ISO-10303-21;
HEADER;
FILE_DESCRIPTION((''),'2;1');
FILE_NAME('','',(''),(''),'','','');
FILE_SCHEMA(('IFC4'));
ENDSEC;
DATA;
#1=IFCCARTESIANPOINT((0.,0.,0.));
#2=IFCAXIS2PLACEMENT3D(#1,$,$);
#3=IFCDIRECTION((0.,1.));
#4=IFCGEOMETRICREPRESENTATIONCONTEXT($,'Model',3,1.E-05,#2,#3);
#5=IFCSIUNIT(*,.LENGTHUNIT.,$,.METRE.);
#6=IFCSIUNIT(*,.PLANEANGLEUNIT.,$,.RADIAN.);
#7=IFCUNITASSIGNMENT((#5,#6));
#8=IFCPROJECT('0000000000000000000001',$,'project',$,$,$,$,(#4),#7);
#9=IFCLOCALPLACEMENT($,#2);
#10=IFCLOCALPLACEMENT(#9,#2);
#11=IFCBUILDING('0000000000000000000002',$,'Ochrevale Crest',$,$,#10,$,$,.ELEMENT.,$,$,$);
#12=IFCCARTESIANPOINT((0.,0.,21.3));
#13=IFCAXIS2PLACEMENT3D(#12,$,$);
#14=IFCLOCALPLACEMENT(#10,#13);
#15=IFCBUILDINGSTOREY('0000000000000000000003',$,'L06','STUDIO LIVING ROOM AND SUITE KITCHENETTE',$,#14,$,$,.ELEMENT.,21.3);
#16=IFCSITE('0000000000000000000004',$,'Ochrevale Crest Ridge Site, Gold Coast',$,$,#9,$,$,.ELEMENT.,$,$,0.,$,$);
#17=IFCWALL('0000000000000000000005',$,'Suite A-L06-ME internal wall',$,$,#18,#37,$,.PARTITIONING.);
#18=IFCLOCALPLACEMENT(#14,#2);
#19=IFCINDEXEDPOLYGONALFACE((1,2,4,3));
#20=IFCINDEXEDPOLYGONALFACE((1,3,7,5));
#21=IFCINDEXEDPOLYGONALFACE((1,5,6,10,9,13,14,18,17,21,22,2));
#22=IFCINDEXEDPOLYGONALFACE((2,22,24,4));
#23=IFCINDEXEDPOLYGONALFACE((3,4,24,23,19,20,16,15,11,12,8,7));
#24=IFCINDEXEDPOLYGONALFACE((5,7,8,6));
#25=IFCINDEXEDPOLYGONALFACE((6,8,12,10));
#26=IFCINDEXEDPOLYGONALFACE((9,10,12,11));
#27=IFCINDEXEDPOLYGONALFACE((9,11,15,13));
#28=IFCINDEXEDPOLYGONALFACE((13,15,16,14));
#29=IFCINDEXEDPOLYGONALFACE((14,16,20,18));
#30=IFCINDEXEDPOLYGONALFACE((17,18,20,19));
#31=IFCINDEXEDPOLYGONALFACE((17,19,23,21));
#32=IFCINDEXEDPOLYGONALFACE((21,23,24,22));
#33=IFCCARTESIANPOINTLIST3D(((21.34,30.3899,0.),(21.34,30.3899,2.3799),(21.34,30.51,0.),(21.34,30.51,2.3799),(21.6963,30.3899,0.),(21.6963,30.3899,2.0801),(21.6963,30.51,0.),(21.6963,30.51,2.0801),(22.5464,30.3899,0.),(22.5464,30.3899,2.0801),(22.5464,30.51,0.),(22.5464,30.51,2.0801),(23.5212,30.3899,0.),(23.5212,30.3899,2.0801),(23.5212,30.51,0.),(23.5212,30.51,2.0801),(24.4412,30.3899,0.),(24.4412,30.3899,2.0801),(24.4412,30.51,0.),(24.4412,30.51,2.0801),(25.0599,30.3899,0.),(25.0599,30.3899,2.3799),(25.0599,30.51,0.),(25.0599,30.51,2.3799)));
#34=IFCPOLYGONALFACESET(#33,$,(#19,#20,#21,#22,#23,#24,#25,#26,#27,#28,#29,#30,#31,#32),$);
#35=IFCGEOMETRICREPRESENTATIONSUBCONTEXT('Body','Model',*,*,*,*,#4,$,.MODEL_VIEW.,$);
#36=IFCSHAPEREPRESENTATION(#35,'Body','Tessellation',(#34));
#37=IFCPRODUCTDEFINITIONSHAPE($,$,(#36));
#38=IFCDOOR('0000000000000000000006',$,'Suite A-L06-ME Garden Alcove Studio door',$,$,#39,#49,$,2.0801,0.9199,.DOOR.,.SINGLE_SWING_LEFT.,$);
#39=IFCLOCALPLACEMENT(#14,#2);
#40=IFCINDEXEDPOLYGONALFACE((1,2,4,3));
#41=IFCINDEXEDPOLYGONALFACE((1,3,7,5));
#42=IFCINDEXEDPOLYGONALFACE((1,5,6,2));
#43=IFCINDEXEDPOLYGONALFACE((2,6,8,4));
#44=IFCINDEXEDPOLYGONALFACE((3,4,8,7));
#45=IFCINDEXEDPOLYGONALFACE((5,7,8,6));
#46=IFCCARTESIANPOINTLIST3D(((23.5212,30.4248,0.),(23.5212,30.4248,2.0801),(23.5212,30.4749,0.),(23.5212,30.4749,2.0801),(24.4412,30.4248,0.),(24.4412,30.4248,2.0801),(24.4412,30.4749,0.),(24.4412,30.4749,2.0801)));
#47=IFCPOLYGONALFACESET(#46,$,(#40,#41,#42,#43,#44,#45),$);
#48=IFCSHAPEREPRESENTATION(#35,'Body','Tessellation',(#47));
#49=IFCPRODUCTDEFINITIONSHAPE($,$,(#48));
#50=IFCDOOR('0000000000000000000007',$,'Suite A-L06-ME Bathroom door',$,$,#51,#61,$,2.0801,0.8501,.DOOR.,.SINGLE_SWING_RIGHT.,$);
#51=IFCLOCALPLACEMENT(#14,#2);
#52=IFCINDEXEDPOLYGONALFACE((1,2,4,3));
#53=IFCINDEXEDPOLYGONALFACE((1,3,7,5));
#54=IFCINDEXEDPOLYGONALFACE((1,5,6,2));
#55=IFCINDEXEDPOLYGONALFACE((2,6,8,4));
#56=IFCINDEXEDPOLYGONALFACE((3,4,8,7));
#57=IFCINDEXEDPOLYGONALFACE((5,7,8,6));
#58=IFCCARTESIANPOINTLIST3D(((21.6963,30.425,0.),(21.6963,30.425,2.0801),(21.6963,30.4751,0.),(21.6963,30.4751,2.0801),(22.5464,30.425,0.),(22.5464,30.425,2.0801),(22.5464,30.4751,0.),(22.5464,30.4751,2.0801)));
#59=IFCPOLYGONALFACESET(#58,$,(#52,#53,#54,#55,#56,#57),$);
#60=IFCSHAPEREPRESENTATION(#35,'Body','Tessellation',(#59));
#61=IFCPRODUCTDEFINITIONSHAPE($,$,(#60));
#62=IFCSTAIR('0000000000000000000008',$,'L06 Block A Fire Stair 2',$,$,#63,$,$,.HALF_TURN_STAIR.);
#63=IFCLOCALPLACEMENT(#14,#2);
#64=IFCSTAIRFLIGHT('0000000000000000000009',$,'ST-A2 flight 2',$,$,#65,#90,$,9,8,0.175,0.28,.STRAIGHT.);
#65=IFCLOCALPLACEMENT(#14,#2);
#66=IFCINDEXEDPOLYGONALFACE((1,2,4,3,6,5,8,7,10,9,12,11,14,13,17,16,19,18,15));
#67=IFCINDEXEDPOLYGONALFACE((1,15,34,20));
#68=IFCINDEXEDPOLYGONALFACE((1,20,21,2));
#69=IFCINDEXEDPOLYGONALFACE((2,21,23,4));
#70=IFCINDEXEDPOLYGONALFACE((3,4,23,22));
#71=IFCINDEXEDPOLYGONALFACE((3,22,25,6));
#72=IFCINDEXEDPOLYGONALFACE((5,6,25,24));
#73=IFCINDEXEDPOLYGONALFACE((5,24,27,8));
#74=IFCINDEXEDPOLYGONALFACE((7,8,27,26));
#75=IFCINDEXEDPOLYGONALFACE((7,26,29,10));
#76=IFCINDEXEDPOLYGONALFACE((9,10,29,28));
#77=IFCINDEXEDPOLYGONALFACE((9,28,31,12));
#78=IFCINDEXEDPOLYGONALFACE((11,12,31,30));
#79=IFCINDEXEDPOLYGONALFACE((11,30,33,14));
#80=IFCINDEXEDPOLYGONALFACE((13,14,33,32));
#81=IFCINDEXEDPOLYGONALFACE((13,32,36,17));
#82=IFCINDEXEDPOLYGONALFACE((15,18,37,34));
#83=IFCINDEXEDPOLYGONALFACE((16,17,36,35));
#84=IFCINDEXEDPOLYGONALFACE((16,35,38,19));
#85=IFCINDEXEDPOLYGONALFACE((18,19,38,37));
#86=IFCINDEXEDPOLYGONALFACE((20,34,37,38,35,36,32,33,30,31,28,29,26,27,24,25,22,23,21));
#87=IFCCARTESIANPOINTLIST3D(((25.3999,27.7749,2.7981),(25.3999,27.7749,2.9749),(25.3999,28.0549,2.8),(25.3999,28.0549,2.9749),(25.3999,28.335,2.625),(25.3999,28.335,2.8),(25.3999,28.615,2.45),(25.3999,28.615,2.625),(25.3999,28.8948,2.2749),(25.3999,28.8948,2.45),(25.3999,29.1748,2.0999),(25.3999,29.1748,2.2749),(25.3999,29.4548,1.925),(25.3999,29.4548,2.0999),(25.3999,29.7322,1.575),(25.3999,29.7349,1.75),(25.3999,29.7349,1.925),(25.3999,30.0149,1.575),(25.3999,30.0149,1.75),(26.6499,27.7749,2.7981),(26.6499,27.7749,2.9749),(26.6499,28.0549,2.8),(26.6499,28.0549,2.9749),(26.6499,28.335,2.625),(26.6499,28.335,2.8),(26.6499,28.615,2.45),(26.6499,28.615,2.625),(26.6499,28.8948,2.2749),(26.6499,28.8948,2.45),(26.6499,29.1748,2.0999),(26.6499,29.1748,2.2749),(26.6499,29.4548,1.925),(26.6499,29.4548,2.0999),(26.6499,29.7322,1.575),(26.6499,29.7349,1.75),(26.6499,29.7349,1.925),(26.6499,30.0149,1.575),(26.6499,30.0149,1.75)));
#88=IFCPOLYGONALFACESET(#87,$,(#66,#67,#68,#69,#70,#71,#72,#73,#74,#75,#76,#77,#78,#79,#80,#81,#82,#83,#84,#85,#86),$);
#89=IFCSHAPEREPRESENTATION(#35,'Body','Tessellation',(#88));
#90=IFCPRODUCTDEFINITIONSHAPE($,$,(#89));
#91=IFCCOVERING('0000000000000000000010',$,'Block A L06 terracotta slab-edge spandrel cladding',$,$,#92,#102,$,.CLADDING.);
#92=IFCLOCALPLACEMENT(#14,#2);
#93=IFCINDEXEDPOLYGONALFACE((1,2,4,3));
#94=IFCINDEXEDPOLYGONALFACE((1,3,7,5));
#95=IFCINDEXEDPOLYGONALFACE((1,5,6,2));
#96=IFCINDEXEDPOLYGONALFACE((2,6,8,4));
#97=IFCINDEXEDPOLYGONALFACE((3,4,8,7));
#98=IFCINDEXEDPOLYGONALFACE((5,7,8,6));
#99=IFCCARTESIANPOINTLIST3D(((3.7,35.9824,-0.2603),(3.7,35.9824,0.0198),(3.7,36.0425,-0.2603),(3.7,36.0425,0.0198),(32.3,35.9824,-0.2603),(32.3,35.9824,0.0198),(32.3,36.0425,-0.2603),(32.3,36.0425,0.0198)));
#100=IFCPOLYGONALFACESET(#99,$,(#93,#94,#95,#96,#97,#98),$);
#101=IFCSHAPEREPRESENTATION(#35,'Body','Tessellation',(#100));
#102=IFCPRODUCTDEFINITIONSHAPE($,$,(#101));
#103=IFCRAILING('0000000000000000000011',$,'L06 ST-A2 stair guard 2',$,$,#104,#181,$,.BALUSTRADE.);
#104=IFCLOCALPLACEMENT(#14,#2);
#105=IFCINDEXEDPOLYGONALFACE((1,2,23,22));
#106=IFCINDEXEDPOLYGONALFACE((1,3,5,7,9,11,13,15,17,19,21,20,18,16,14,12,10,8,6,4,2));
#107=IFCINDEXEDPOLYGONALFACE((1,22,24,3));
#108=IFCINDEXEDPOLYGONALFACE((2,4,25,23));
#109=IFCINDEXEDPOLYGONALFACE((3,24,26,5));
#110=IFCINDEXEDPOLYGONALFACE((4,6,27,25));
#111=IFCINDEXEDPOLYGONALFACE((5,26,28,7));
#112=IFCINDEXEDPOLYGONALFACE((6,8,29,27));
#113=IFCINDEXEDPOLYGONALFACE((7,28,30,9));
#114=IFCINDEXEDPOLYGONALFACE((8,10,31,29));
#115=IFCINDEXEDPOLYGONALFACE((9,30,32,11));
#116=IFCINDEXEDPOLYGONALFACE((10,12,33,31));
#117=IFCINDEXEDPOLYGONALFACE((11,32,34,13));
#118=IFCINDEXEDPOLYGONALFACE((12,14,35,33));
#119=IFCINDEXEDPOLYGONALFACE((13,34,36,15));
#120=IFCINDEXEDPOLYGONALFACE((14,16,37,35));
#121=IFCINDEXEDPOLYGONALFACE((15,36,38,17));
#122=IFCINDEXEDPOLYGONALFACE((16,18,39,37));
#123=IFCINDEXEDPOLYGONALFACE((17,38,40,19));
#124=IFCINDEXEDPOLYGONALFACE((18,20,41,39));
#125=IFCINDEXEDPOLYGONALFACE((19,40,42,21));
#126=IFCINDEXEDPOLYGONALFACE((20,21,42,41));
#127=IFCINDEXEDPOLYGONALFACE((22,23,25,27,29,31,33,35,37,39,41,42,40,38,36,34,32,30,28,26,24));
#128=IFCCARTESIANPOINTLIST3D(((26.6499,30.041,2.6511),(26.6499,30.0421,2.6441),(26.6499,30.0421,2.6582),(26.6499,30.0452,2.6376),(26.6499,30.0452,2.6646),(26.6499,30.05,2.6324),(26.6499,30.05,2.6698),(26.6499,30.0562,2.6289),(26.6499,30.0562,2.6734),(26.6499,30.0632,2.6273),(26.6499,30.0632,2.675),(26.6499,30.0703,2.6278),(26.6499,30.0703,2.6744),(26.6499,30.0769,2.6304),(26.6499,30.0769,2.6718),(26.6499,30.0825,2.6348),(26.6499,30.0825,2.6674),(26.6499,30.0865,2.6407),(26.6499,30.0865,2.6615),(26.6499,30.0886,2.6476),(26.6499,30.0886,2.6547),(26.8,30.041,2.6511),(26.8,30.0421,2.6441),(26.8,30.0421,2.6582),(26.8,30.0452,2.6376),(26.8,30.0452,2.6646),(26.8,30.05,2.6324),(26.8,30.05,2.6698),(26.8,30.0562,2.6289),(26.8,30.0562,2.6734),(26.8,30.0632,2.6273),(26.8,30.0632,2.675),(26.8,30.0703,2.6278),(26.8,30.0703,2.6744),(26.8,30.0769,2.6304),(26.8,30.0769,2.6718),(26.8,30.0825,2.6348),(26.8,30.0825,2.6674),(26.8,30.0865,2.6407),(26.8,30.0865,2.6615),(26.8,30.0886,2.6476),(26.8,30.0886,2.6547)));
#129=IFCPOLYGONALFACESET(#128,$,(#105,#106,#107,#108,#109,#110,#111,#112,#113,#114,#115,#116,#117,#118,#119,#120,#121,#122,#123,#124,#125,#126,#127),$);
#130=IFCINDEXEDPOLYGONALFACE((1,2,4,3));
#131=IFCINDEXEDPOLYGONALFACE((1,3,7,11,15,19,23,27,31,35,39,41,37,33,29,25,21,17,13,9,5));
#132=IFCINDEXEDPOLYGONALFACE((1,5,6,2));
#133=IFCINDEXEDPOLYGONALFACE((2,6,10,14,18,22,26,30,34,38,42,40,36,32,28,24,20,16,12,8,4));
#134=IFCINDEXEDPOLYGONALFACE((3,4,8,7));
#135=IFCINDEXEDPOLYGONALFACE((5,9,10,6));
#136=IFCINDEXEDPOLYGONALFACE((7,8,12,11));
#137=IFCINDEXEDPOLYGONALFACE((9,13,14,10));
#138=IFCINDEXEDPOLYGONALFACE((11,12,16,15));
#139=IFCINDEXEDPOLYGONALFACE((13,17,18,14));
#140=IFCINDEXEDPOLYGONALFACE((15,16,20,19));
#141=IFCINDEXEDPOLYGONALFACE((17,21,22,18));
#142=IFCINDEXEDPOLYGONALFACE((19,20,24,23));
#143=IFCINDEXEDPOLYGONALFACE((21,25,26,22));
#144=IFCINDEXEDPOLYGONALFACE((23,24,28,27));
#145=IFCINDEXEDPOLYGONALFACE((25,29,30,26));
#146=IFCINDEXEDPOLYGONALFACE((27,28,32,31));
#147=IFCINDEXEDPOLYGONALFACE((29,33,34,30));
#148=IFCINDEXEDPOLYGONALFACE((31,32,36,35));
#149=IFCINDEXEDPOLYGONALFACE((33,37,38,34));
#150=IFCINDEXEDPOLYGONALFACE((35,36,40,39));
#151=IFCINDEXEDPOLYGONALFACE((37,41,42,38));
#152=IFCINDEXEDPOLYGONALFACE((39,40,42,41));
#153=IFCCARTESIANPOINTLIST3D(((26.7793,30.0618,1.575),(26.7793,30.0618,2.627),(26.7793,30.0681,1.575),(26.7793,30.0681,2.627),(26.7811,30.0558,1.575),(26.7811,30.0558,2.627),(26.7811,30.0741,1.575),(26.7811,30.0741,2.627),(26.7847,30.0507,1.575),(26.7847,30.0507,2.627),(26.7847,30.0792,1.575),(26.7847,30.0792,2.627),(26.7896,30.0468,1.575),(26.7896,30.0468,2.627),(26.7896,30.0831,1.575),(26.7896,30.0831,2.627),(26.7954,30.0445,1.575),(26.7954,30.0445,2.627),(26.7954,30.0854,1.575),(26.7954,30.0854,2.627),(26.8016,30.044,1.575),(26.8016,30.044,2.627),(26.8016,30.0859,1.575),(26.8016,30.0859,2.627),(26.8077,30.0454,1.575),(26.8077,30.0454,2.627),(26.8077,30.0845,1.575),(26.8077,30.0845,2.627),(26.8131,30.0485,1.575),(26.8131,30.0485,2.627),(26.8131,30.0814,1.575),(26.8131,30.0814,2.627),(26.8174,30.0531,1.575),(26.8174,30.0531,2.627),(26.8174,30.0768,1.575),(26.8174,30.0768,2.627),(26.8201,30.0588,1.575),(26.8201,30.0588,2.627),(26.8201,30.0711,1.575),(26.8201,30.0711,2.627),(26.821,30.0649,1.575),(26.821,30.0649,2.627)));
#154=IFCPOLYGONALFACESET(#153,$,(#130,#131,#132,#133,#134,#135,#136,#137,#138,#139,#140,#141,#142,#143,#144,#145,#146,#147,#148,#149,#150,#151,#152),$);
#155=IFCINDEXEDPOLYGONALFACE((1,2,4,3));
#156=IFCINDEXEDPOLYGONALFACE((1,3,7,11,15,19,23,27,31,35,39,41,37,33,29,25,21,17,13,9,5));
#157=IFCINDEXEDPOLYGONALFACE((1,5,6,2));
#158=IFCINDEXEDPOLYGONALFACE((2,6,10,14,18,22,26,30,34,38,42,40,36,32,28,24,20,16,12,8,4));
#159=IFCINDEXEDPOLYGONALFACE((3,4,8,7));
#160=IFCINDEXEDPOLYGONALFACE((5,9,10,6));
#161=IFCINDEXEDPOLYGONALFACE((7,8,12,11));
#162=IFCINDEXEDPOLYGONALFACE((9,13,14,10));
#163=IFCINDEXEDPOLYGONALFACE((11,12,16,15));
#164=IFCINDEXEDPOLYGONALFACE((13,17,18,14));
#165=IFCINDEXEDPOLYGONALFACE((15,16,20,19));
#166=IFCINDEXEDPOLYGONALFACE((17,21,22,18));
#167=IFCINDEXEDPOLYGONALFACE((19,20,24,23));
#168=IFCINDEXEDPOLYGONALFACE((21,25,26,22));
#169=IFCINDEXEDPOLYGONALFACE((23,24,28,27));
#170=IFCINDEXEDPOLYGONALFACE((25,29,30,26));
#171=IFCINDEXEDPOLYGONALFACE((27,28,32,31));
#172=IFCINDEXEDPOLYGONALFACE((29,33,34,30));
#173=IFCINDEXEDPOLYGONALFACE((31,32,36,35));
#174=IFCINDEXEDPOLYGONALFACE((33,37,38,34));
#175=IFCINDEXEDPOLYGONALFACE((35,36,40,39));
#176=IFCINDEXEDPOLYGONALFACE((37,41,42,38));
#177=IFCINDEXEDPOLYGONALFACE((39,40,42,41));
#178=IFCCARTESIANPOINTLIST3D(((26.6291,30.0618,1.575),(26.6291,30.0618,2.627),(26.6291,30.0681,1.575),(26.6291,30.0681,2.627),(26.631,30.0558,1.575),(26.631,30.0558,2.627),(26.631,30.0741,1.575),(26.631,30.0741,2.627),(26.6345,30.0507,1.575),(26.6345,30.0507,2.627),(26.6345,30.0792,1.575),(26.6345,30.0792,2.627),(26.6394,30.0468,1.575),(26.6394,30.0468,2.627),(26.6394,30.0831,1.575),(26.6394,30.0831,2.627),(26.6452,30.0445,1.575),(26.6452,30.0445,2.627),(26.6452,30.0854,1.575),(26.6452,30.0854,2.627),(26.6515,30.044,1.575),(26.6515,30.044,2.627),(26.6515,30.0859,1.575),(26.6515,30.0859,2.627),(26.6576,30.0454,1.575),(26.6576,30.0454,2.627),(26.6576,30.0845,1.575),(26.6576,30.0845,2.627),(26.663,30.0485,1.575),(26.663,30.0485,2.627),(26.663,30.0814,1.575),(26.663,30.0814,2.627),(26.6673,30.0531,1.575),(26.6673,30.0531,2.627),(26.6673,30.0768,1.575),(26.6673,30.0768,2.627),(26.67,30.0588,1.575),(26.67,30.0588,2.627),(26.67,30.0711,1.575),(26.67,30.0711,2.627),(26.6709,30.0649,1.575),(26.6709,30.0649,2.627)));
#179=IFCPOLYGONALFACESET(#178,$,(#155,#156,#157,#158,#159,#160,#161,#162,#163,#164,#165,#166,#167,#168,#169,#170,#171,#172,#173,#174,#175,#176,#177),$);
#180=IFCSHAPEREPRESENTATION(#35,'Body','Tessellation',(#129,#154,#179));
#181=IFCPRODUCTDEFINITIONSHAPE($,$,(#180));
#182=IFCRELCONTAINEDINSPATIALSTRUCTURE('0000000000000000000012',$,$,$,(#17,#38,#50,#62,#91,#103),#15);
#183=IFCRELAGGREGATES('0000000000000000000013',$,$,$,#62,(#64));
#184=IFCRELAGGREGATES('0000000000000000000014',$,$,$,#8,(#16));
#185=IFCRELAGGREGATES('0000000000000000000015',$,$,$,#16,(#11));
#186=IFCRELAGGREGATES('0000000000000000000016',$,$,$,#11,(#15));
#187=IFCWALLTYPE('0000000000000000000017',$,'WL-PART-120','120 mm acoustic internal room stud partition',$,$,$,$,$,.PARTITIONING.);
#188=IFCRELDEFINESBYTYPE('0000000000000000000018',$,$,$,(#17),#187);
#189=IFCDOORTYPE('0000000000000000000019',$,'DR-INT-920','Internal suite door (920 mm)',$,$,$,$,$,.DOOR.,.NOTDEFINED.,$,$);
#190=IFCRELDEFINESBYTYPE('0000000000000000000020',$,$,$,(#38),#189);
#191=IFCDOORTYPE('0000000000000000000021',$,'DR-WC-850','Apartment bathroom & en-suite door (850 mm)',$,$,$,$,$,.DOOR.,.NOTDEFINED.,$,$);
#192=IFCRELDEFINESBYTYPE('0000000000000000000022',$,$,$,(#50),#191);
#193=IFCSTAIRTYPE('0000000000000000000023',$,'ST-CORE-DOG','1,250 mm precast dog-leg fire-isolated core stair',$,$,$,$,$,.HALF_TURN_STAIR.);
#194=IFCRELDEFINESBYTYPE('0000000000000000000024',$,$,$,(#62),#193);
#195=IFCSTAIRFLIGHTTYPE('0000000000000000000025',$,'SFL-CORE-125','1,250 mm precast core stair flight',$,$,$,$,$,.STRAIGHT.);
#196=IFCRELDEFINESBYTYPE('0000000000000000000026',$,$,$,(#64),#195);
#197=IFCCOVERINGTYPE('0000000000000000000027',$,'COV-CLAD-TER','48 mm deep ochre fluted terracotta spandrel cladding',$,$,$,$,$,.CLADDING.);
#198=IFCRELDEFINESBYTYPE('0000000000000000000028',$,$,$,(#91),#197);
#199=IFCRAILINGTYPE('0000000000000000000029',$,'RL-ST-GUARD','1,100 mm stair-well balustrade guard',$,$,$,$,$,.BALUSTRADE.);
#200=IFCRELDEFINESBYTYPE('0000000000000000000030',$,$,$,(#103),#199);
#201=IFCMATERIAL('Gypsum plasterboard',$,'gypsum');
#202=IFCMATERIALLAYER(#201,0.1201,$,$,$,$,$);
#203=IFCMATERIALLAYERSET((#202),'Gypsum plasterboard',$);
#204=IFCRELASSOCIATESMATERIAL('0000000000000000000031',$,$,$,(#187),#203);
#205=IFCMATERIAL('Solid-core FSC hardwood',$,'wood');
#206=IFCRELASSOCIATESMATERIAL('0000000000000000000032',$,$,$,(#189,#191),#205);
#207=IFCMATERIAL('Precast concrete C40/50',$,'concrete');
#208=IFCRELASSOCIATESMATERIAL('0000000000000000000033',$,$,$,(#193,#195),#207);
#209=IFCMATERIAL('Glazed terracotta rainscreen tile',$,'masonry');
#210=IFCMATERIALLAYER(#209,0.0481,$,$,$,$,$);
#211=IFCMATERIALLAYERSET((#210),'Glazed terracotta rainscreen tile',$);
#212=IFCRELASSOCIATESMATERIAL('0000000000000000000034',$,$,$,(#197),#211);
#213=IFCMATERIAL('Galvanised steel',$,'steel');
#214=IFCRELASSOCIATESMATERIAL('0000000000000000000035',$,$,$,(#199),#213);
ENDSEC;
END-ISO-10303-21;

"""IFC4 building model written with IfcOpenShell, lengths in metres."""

from ifc_helpers import new_model, si_unit, direction, frame, frame_2d, origin, origin_2d, place, context, subcontext, project, spatial, polyline, rectangle, circle, outline, extrude, material, layer, layer_set, type_object, element, fill, aggregate, save


model = new_model("IFC4")

# Units and contexts
model_context = context("Model", 3, precision=1e-05, world=origin(), true_north=direction((0.0, 1.0)))
body_context = subcontext(model_context, "Body", "Model", "MODEL_VIEW")
ifc_project = project(units=[si_unit("LENGTHUNIT", "METRE"), si_unit("PLANEANGLEUNIT", "RADIAN")], contexts=[model_context])

# Site, building, storey
site_placement = place(None, origin())
site = spatial("IfcSite", under=ifc_project, at=site_placement, Name="Ochrevale Crest Ridge Site, Gold Coast", CompositionType="ELEMENT", RefElevation=0.0)
building_placement = place(site_placement, origin())
building = spatial("IfcBuilding", under=site, at=building_placement, Name="Ochrevale Crest", CompositionType="ELEMENT")
storey_placement = place(building_placement, frame((0.0, 0.0, 21.3)))
storey = spatial("IfcBuildingStorey", under=building, at=storey_placement, Name="L06", Description="STUDIO LIVING ROOM AND SUITE KITCHENETTE", CompositionType="ELEMENT", Elevation=21.3)

# Shared definitions
ifc_material_1 = material(Name="Precast concrete C40/50", Category="concrete")

# Wall, openings, doors
ifc_material_2 = material(Name="Gypsum plasterboard", Category="gypsum")
ifc_layer_1 = layer(ifc_material_2, 0.1201)
ifc_layer_set_1 = layer_set([ifc_layer_1], Name="Gypsum plasterboard")
wall_type_1 = type_object("IfcWallType", Name="WL-PART-120", Description="120 mm acoustic internal room stud partition", PredefinedType="PARTITIONING", material=ifc_layer_set_1)
wall_1_placement = place(storey_placement, frame((21.3401, 30.45, 0.0), z_axis=(0.0, 0.0, 1.0), x_axis=(1.0, 0.0, 0.0)))
wall_1 = element("IfcWall", 1, at=wall_1_placement, inside=storey, type_object=wall_type_1, Name="Suite A-L06-ME internal wall", PredefinedType="PARTITIONING", context=body_context, shape_type="SweptSolid", body=[
    extrude(rectangle(XDim=3.72, YDim=0.1201, at=frame_2d((1.8599, 0.0))), origin(), (0.0, 0.0, 1.0), 2.3799),
])
opening_1_placement = place(wall_1_placement, frame((1.2063, 0.0, 0.0), z_axis=(0.0, 0.0, 1.0), x_axis=(-1.0, 0.0, 0.0)))
opening_1 = element("IfcOpeningElement", 2, at=opening_1_placement, cuts=wall_1, PredefinedType="OPENING", context=body_context, shape_type="SweptSolid", body=[
    extrude(rectangle(XDim=0.8501, YDim=2.0801, at=frame_2d((0.425, 1.04))), frame((0.0, 0.0701, 0.0), z_axis=(0.0, -1.0, 0.0), x_axis=(1.0, 0.0, 0.0)), (0.0, 0.0, 1.0), 0.1401),
])
opening_2_placement = place(wall_1_placement, frame((2.1812, 0.0, 0.0)))
opening_2 = element("IfcOpeningElement", 3, at=opening_2_placement, cuts=wall_1, PredefinedType="OPENING", context=body_context, shape_type="SweptSolid", body=[
    extrude(rectangle(XDim=0.9199, YDim=2.0801, at=frame_2d((0.46, 1.04))), frame((0.0, 0.0701, 0.0), z_axis=(0.0, -1.0, 0.0), x_axis=(1.0, 0.0, 0.0)), (0.0, 0.0, 1.0), 0.1401),
])
ifc_material_3 = material(Name="Solid-core FSC hardwood", Category="wood")
door_type_1 = type_object("IfcDoorType", Name="DR-INT-920", Description="Internal suite door (920 mm)", OperationType="NOTDEFINED", PredefinedType="DOOR", material=ifc_material_3)
door_1_placement = place(opening_2_placement, origin())
door_1 = element("IfcDoor", 4, at=door_1_placement, inside=storey, type_object=door_type_1, Name="Suite A-L06-ME Garden Alcove Studio door", OperationType="SINGLE_SWING_LEFT", OverallHeight=2.0801, OverallWidth=0.9199, PredefinedType="DOOR", context=body_context, shape_type="SweptSolid", body=[
    extrude(rectangle(XDim=0.9199, YDim=2.0801, at=frame_2d((0.46, 1.04))), frame((0.0, 0.0249, 0.0), z_axis=(0.0, -1.0, 0.0), x_axis=(1.0, 0.0, 0.0)), (0.0, 0.0, 1.0), 0.05),
])
fill(opening_2, door_1)
door_type_2 = type_object("IfcDoorType", Name="DR-WC-850", Description="Apartment bathroom & en-suite door (850 mm)", OperationType="NOTDEFINED", PredefinedType="DOOR", material=ifc_material_3)
door_2_placement = place(opening_1_placement, origin())
door_2 = element("IfcDoor", 5, at=door_2_placement, inside=storey, type_object=door_type_2, Name="Suite A-L06-ME Bathroom door", OperationType="SINGLE_SWING_RIGHT", OverallHeight=2.0801, OverallWidth=0.8501, PredefinedType="DOOR", context=body_context, shape_type="SweptSolid", body=[
    extrude(rectangle(XDim=0.8501, YDim=2.0801, at=frame_2d((0.425, 1.04))), frame((0.0, 0.0249, 0.0), z_axis=(0.0, -1.0, 0.0), x_axis=(1.0, 0.0, 0.0)), (0.0, 0.0, 1.0), 0.05),
])
fill(opening_1, door_2)

# Stair, stair flight
stair_type = type_object("IfcStairType", Name="ST-CORE-DOG", Description="1,250 mm precast dog-leg fire-isolated core stair", PredefinedType="HALF_TURN_STAIR", material=ifc_material_1)
stair_placement = place(storey_placement, origin())
stair = element("IfcStair", 6, at=stair_placement, inside=storey, type_object=stair_type, Name="L06 Block A Fire Stair 2", PredefinedType="HALF_TURN_STAIR")
stair_flight_type = type_object("IfcStairFlightType", Name="SFL-CORE-125", Description="1,250 mm precast core stair flight", PredefinedType="STRAIGHT", material=ifc_material_1)
stair_flight_placement = place(storey_placement, frame((26.0249, 30.0149, 1.575), z_axis=(0.0, 0.0, 1.0), x_axis=(0.0, -1.0, 0.0)))
stair_flight = element("IfcStairFlight", 7, at=stair_flight_placement, type_object=stair_flight_type, Name="ST-A2 flight 2", NumberOfRisers=9, NumberOfTreads=8, PredefinedType="STRAIGHT", RiserHeight=0.175, TreadLength=0.28, context=body_context, shape_type="SweptSolid", body=[
    extrude(outline(polyline([(0.0, 0.0), (0.0, 0.175), (0.28, 0.175), (0.28, 0.3501), (0.5601, 0.3501), (0.5601, 0.5249), (0.8401, 0.5249), (0.8401, 0.7), (1.1201, 0.7), (1.1201, 0.875), (1.3999, 0.875), (1.3999, 1.05), (1.6799, 1.05), (1.6799, 1.2251), (1.96, 1.2251), (1.96, 1.3999), (2.24, 1.3999), (2.24, 1.575), (2.24, 1.2231), (0.2827, 0.0), (0.0, 0.0)])), frame((0.0, 0.625, 0.0), z_axis=(0.0, -1.0, 0.0), x_axis=(1.0, 0.0, 0.0)), (0.0, 0.0, 1.0), 1.25),
])
aggregate(stair, [stair_flight])

# Covering
ifc_material_4 = material(Name="Glazed terracotta rainscreen tile", Category="masonry")
ifc_layer_2 = layer(ifc_material_4, 0.0481)
ifc_layer_set_2 = layer_set([ifc_layer_2], Name="Glazed terracotta rainscreen tile")
covering_type = type_object("IfcCoveringType", Name="COV-CLAD-TER", Description="48 mm deep ochre fluted terracotta spandrel cladding", PredefinedType="CLADDING", material=ifc_layer_set_2)
covering_placement = place(storey_placement, frame((18.0, 36.0125, -0.2603), z_axis=(0.0, 0.0, 1.0), x_axis=(-1.0, 0.0, 0.0)))
element("IfcCovering", 8, at=covering_placement, inside=storey, type_object=covering_type, Name="Block A L06 terracotta slab-edge spandrel cladding", PredefinedType="CLADDING", context=body_context, shape_type="SweptSolid", body=[
    extrude(rectangle(XDim=28.6001, YDim=0.0601, at=origin_2d()), origin(), (0.0, 0.0, 1.0), 0.28),
])

# Railing
ifc_material_5 = material(Name="Galvanised steel", Category="steel")
railing_type_1 = type_object("IfcRailingType", Name="RL-ST-GUARD", Description="1,100 mm stair-well balustrade guard", PredefinedType="BALUSTRADE", material=ifc_material_5)
railing_1_placement = place(storey_placement, frame((26.8, 30.0649, 1.575)))
element("IfcRailing", 9, at=railing_1_placement, inside=storey, type_object=railing_type_1, Name="L06 ST-A2 stair guard 2", PredefinedType="BALUSTRADE", context=body_context, shape_type="SweptSolid", body=[
    extrude(circle(Radius=0.0239, at=origin_2d()), frame((0.0, 0.0, 1.0762), z_axis=(-1.0, 0.0, 0.0), x_axis=(0.0, -1.0, 0.0)), (0.0, 0.0, 1.0), 0.1501),
    extrude(circle(Radius=0.021, at=origin_2d()), origin(), (0.0, 0.0, 1.0), 1.052),
    extrude(circle(Radius=0.021, at=origin_2d()), frame((-0.1501, 0.0, 0.0)), (0.0, 0.0, 1.0), 1.052),
])

save(model, "model.ifc")
